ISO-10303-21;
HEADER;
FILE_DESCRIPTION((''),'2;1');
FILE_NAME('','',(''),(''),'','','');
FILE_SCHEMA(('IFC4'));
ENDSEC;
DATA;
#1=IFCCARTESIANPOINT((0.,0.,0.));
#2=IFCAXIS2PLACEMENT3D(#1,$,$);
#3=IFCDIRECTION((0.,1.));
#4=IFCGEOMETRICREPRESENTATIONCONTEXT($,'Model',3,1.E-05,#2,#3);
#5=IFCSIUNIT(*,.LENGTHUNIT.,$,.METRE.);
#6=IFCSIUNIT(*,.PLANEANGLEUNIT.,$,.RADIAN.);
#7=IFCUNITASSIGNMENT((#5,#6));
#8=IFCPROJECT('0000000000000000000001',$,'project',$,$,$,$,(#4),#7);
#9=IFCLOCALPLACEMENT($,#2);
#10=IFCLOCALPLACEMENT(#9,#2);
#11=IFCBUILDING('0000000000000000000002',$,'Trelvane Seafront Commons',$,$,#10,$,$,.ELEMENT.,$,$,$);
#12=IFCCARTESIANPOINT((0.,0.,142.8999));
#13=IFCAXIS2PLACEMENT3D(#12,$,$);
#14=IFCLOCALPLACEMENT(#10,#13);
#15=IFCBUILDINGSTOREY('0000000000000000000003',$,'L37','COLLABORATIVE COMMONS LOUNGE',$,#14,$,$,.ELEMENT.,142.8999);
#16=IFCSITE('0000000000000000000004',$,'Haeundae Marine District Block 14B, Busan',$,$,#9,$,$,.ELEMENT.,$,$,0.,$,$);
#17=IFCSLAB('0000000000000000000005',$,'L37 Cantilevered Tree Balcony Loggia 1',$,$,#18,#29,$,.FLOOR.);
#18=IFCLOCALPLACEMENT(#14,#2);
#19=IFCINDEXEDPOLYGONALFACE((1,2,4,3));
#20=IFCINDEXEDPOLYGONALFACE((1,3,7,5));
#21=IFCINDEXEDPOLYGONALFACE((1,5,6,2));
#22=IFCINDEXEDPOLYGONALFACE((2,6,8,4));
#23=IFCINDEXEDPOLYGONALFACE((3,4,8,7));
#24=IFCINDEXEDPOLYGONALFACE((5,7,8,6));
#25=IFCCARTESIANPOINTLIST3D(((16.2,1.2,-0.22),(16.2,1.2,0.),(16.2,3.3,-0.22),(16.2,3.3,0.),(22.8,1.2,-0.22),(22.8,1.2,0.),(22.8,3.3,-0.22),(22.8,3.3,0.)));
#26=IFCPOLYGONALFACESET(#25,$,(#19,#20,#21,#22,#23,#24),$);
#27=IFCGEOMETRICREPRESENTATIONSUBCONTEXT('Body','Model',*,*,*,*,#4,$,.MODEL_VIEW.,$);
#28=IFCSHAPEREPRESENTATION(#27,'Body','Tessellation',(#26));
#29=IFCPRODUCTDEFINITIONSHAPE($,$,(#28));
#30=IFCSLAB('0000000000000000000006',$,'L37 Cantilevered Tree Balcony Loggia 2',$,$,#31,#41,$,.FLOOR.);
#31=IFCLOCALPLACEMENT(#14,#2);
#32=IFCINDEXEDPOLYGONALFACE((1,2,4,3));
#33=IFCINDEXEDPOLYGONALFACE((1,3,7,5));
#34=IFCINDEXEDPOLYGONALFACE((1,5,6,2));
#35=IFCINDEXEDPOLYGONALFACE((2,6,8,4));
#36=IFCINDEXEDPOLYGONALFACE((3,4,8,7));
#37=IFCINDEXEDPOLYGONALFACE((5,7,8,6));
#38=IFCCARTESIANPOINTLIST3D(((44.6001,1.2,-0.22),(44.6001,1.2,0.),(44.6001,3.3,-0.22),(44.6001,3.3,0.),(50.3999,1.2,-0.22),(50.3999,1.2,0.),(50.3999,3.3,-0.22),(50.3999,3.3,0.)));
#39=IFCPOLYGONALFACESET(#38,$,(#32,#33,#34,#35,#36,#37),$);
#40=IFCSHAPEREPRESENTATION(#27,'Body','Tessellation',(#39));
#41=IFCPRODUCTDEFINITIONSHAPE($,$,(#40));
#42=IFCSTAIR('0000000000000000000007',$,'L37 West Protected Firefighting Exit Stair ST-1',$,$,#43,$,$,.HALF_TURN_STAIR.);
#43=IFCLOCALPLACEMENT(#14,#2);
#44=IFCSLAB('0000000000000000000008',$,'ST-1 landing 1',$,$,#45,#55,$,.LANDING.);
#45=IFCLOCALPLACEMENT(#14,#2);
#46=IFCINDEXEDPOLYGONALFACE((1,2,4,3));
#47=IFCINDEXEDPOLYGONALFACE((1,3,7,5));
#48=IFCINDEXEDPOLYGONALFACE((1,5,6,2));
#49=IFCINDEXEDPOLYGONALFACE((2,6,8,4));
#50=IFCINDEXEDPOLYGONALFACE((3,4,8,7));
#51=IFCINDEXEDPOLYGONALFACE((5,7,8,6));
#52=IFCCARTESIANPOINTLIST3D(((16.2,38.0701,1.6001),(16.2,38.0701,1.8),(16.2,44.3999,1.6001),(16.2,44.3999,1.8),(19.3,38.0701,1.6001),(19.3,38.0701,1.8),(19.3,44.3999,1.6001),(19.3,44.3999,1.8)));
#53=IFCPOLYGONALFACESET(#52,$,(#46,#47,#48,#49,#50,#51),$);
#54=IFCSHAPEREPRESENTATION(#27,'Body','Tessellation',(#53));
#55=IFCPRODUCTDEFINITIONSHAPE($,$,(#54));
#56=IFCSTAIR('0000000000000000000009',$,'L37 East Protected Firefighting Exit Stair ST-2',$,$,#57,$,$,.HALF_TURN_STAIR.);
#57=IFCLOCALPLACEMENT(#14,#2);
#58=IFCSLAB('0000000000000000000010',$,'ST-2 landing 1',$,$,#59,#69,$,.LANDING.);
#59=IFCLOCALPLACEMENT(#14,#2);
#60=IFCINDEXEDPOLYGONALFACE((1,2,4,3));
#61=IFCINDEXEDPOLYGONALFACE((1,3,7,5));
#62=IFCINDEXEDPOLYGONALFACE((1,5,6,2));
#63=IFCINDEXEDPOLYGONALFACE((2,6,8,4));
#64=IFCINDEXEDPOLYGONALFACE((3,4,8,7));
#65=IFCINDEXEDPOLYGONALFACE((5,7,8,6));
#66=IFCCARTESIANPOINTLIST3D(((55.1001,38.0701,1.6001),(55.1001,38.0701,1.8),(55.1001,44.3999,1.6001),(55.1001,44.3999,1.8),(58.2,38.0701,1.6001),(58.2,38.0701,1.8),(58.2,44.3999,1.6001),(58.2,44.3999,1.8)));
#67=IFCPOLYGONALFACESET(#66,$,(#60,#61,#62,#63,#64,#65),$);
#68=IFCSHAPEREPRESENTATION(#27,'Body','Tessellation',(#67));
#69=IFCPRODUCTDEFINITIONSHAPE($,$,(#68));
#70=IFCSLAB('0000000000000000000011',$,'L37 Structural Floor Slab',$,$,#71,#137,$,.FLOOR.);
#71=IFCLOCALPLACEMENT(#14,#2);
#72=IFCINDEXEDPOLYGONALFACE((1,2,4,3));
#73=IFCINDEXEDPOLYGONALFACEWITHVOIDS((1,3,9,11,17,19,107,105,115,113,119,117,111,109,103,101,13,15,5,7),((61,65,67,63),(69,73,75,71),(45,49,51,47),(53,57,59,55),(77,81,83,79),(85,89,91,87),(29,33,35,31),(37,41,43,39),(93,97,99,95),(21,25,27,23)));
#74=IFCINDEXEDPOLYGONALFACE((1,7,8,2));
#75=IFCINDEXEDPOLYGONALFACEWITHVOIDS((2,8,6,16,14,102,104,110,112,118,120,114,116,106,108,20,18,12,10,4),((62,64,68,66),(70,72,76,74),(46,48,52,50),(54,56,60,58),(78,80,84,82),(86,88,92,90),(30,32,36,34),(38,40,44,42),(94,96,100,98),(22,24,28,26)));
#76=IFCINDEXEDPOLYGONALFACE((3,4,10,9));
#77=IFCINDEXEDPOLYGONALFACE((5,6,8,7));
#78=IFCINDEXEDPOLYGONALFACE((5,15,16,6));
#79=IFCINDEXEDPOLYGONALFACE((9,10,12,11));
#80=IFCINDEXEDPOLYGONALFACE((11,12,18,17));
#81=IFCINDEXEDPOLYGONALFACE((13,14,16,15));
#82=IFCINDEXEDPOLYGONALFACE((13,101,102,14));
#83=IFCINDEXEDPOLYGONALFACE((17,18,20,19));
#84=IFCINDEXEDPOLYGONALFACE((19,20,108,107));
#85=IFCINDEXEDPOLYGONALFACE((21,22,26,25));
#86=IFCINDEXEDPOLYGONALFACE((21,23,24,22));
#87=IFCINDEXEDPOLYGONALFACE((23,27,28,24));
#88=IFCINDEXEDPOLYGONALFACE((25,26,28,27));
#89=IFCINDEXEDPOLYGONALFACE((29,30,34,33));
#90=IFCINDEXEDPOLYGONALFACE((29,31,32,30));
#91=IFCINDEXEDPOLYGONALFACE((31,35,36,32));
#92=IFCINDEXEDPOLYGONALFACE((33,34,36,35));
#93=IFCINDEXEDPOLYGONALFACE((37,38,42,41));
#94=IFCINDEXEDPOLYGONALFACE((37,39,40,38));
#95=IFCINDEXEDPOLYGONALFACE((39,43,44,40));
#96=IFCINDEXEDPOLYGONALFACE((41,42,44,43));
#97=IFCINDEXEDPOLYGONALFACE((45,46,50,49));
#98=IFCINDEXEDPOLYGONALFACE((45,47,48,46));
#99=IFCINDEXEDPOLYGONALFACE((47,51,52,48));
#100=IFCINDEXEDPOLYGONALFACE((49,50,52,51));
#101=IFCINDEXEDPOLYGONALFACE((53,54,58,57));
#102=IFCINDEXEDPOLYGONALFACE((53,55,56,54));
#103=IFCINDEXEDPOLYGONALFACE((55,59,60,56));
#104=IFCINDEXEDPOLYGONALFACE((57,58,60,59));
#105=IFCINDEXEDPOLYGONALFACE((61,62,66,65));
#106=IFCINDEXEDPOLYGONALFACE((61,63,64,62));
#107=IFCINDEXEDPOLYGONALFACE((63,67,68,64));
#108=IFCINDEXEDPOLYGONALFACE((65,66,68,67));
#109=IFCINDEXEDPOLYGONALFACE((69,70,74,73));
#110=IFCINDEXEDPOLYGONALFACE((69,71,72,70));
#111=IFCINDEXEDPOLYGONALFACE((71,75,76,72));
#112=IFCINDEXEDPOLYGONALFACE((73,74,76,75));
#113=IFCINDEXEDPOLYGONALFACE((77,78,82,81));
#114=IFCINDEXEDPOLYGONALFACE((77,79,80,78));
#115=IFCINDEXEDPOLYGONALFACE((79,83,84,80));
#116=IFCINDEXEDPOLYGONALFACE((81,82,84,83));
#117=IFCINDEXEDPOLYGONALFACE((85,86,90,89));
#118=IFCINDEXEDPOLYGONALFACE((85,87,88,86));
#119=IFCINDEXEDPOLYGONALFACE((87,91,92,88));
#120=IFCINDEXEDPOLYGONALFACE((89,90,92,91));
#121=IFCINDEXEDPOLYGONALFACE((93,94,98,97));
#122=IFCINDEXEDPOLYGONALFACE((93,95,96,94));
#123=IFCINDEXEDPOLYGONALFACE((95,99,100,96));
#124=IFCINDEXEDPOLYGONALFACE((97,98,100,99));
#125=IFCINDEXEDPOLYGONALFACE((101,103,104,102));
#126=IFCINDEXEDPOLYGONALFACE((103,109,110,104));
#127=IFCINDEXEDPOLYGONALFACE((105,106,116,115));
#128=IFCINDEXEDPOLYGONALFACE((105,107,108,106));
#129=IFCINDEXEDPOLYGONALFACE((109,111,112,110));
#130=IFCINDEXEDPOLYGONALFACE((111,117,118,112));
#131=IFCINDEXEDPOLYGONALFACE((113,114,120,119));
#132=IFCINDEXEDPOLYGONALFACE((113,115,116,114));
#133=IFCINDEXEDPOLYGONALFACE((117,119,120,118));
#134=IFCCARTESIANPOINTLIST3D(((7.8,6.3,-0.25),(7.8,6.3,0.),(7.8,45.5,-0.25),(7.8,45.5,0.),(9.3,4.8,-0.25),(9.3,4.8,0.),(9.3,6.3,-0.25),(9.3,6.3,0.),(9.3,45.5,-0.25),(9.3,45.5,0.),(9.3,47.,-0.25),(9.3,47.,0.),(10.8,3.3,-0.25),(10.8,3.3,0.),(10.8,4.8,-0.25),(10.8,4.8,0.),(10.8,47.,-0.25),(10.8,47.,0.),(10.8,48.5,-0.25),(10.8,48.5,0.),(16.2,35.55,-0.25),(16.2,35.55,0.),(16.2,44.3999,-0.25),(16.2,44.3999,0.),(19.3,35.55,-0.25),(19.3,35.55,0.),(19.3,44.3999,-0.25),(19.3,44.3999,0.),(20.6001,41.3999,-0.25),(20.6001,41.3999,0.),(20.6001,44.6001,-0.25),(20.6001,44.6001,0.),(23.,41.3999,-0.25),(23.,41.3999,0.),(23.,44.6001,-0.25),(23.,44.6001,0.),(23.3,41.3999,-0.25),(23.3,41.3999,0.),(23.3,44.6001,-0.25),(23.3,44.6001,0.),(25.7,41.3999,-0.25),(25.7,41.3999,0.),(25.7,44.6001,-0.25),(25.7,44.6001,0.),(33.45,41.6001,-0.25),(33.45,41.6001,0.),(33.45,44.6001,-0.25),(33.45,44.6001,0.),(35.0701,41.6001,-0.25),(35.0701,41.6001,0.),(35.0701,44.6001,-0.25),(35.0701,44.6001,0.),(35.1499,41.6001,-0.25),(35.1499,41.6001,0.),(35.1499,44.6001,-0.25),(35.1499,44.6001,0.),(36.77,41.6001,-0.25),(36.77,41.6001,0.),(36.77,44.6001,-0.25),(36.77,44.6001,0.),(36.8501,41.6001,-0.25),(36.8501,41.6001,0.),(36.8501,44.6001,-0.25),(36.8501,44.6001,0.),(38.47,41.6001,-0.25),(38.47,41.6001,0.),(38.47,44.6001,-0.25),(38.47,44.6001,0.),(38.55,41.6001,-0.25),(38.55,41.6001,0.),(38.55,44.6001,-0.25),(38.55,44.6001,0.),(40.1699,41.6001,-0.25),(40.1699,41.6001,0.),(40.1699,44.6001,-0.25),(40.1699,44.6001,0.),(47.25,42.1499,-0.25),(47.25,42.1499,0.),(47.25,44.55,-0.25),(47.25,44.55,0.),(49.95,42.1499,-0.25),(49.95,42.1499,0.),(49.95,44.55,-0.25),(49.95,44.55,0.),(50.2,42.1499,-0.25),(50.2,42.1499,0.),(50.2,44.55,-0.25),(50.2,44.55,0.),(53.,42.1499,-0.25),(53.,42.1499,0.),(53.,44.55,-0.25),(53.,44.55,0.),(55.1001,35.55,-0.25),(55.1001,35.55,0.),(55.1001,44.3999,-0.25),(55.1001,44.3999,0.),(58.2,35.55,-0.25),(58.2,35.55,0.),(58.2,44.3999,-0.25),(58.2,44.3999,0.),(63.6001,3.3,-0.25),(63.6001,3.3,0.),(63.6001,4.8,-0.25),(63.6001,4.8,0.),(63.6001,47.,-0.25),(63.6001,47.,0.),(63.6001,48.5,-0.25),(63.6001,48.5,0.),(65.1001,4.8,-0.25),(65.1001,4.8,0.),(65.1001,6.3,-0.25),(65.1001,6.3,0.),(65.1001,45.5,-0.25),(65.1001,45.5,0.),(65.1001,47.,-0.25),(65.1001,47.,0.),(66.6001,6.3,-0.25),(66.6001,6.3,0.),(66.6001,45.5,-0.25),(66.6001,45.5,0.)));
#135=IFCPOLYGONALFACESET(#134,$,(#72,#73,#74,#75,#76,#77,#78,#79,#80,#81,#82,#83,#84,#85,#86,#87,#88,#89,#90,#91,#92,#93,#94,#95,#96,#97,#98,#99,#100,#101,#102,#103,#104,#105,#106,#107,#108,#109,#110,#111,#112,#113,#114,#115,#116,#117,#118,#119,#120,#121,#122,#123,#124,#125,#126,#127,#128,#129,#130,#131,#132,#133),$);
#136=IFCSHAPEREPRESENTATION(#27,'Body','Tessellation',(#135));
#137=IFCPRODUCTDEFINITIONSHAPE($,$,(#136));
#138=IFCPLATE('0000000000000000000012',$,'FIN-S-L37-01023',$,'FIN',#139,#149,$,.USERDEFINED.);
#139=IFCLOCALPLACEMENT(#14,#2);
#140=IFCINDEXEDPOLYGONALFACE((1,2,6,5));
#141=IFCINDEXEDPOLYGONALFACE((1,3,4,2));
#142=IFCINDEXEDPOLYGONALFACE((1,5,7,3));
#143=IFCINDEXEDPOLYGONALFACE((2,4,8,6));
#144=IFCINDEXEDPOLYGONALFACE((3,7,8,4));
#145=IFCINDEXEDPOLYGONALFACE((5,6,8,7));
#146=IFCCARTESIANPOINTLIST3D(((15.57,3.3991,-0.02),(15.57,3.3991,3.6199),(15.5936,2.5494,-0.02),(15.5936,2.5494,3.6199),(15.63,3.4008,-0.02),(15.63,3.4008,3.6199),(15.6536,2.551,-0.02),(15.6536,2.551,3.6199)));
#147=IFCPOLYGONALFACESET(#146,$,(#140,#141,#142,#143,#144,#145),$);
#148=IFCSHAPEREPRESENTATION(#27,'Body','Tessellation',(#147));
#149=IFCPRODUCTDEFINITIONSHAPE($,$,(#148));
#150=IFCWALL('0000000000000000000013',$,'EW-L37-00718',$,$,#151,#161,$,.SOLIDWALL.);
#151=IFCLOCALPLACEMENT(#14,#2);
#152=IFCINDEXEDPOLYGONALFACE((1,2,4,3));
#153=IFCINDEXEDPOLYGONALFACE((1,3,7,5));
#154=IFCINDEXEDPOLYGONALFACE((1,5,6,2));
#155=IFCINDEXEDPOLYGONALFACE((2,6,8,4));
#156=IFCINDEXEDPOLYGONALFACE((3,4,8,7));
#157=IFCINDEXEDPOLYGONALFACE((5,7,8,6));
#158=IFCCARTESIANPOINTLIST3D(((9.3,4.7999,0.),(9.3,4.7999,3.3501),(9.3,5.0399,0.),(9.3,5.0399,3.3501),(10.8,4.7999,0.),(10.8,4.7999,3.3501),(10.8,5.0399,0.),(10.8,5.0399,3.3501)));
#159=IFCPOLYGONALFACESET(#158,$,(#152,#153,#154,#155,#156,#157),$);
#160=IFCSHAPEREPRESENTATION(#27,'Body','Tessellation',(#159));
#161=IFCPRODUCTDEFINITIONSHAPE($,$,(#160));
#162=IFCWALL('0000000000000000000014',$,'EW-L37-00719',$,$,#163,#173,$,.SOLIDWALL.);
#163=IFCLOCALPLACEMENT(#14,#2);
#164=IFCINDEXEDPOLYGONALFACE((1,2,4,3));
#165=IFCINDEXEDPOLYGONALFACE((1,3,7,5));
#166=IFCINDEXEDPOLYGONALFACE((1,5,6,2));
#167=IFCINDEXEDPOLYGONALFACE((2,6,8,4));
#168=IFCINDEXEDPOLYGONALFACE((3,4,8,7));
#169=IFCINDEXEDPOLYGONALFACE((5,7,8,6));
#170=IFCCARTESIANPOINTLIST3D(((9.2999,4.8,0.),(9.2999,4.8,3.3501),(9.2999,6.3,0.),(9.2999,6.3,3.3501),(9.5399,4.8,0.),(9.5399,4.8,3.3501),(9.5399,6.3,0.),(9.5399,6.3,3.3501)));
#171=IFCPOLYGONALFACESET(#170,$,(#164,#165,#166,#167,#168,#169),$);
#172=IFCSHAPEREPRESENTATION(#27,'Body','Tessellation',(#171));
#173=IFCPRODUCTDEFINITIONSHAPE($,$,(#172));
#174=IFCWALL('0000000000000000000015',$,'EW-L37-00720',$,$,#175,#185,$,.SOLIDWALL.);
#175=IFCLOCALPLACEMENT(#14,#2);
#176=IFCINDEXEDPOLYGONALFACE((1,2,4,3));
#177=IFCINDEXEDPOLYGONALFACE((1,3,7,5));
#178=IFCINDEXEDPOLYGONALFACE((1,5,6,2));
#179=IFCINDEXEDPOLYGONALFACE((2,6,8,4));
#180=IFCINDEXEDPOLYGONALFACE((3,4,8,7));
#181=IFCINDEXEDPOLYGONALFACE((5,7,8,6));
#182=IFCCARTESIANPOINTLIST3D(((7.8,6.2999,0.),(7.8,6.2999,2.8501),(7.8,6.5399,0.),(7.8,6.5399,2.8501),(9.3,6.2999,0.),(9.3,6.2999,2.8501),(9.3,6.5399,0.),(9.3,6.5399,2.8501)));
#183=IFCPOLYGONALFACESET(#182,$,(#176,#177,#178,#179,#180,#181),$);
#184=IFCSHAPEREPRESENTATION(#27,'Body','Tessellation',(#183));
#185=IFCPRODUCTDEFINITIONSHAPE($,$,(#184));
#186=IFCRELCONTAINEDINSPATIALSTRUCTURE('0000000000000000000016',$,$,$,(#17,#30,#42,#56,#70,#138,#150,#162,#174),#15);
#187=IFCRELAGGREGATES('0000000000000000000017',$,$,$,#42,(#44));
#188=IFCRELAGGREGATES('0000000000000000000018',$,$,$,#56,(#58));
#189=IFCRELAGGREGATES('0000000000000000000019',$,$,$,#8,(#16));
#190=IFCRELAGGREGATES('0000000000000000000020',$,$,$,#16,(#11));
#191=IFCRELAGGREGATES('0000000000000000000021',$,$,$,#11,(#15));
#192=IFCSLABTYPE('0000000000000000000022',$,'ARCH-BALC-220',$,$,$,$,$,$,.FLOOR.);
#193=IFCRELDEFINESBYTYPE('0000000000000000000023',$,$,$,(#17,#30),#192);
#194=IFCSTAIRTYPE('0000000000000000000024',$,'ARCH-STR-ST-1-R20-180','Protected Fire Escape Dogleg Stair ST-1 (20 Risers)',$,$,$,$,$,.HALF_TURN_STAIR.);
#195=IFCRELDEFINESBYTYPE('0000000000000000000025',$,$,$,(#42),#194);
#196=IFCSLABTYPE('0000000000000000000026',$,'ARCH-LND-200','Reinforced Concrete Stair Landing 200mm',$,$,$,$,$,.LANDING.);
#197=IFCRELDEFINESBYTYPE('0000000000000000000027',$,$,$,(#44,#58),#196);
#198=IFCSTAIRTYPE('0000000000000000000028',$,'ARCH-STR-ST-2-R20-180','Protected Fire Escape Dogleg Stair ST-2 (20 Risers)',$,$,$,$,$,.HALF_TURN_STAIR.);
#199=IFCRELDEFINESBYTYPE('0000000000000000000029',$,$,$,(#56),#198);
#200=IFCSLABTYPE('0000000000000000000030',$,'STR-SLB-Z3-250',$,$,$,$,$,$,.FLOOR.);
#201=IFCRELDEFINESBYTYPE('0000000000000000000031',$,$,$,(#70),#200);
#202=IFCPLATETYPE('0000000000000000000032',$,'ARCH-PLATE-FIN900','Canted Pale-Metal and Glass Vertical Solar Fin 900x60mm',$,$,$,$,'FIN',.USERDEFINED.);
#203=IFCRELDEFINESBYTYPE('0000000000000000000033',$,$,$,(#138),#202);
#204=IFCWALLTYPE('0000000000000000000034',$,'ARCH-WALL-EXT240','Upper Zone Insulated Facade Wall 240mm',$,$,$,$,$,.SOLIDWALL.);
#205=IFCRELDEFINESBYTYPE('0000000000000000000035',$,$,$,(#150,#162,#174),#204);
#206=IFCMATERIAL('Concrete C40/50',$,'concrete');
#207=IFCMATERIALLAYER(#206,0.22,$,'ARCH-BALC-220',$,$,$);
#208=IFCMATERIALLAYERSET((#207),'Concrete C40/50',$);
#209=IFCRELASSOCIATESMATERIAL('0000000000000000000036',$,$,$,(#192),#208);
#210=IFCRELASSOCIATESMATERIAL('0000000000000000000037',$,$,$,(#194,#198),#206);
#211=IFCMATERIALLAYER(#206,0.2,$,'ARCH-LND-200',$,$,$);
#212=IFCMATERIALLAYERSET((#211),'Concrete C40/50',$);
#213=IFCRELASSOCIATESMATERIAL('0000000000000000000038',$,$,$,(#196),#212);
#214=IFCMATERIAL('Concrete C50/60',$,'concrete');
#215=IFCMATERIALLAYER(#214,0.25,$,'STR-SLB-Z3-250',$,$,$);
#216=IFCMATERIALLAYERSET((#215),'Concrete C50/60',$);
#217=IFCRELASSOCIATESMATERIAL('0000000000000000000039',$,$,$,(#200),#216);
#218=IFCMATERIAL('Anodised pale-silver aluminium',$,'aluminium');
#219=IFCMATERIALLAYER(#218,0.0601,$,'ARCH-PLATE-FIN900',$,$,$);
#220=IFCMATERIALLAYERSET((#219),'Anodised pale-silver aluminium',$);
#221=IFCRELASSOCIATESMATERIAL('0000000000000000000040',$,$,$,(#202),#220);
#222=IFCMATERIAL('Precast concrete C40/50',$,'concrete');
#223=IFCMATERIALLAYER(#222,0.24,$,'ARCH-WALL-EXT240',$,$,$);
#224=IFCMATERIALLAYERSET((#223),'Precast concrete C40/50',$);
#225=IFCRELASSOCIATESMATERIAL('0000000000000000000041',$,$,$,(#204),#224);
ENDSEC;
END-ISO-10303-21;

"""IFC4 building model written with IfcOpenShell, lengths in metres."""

from ifc_helpers import new_model, si_unit, direction, frame, frame_2d, origin, origin_2d, place, context, subcontext, project, spatial, polyline, rectangle, outline, extrude, source, transform, mapped, material, layer, layer_set, type_object, element, aggregate, save


model = new_model("IFC4")

# Units and contexts
model_context = context("Model", 3, precision=1e-05, world=origin(), true_north=direction((0.0, 1.0)))
body_context = subcontext(model_context, "Body", "Model", "MODEL_VIEW")
ifc_project = project(units=[si_unit("LENGTHUNIT", "METRE"), si_unit("PLANEANGLEUNIT", "RADIAN")], contexts=[model_context])

# Site, building, storey
site_placement = place(None, origin())
site = spatial("IfcSite", under=ifc_project, at=site_placement, Name="Haeundae Marine District Block 14B, Busan", CompositionType="ELEMENT", RefElevation=0.0)
building_placement = place(site_placement, origin())
building = spatial("IfcBuilding", under=site, at=building_placement, Name="Trelvane Seafront Commons", CompositionType="ELEMENT")
storey_placement = place(building_placement, frame((0.0, 0.0, 142.8999)))
storey = spatial("IfcBuildingStorey", under=building, at=storey_placement, Name="L37", Description="COLLABORATIVE COMMONS LOUNGE", CompositionType="ELEMENT", Elevation=142.8999)

# Slabs
ifc_material_1 = material(Name="Concrete C40/50", Category="concrete")
ifc_layer_1 = layer(ifc_material_1, 0.22, Name="ARCH-BALC-220")
ifc_layer_set_1 = layer_set([ifc_layer_1], Name="Concrete C40/50")
slab_type_1 = type_object("IfcSlabType", Name="ARCH-BALC-220", PredefinedType="FLOOR", material=ifc_layer_set_1)
slab_1_placement = place(storey_placement, frame((0.0, 0.0, -0.22)))
element("IfcSlab", 1, at=slab_1_placement, inside=storey, type_object=slab_type_1, Name="L37 Cantilevered Tree Balcony Loggia 1", PredefinedType="FLOOR", context=body_context, shape_type="SweptSolid", body=[
    extrude(outline(polyline([(16.2, 1.2), (22.8, 1.2), (22.8, 3.3), (16.2, 3.3), (16.2, 1.2)])), origin(), (0.0, 0.0, 1.0), 0.22),
])
slab_2_placement = place(storey_placement, frame((0.0, 0.0, -0.22)))
element("IfcSlab", 2, at=slab_2_placement, inside=storey, type_object=slab_type_1, Name="L37 Cantilevered Tree Balcony Loggia 2", PredefinedType="FLOOR", context=body_context, shape_type="SweptSolid", body=[
    extrude(outline(polyline([(44.6001, 1.2), (50.3999, 1.2), (50.3999, 3.3), (44.6001, 3.3), (44.6001, 1.2)])), origin(), (0.0, 0.0, 1.0), 0.22),
])

# Stairs, slabs
stair_type_1 = type_object("IfcStairType", Name="ARCH-STR-ST-1-R20-180", Description="Protected Fire Escape Dogleg Stair ST-1 (20 Risers)", PredefinedType="HALF_TURN_STAIR", material=ifc_material_1)
stair_1_placement = place(storey_placement, origin())
stair_1 = element("IfcStair", 3, at=stair_1_placement, inside=storey, type_object=stair_type_1, Name="L37 West Protected Firefighting Exit Stair ST-1", PredefinedType="HALF_TURN_STAIR")
ifc_layer_2 = layer(ifc_material_1, 0.2, Name="ARCH-LND-200")
ifc_layer_set_2 = layer_set([ifc_layer_2], Name="Concrete C40/50")
slab_type_2 = type_object("IfcSlabType", Name="ARCH-LND-200", Description="Reinforced Concrete Stair Landing 200mm", PredefinedType="LANDING", material=ifc_layer_set_2)
slab_3_placement = place(storey_placement, frame((0.0, 0.0, 1.6001)))
slab_3 = element("IfcSlab", 4, at=slab_3_placement, type_object=slab_type_2, Name="ST-1 landing 1", PredefinedType="LANDING", context=body_context, shape_type="SweptSolid", body=[
    extrude(outline(polyline([(19.3, 38.0701), (19.3, 44.3999), (16.2, 44.3999), (16.2, 38.0701), (19.3, 38.0701)])), origin(), (0.0, 0.0, 1.0), 0.2),
])
aggregate(stair_1, [slab_3])
stair_type_2 = type_object("IfcStairType", Name="ARCH-STR-ST-2-R20-180", Description="Protected Fire Escape Dogleg Stair ST-2 (20 Risers)", PredefinedType="HALF_TURN_STAIR", material=ifc_material_1)
stair_2_placement = place(storey_placement, origin())
stair_2 = element("IfcStair", 5, at=stair_2_placement, inside=storey, type_object=stair_type_2, Name="L37 East Protected Firefighting Exit Stair ST-2", PredefinedType="HALF_TURN_STAIR")
slab_4_placement = place(storey_placement, frame((0.0, 0.0, 1.6001)))
slab_4 = element("IfcSlab", 6, at=slab_4_placement, type_object=slab_type_2, Name="ST-2 landing 1", PredefinedType="LANDING", context=body_context, shape_type="SweptSolid", body=[
    extrude(outline(polyline([(58.2, 38.0701), (58.2, 44.3999), (55.1001, 44.3999), (55.1001, 38.0701), (58.2, 38.0701)])), origin(), (0.0, 0.0, 1.0), 0.2),
])
aggregate(stair_2, [slab_4])

# Slab
ifc_material_2 = material(Name="Concrete C50/60", Category="concrete")
ifc_layer_3 = layer(ifc_material_2, 0.25, Name="STR-SLB-Z3-250")
ifc_layer_set_3 = layer_set([ifc_layer_3], Name="Concrete C50/60")
slab_type_3 = type_object("IfcSlabType", Name="STR-SLB-Z3-250", PredefinedType="FLOOR", material=ifc_layer_set_3)
slab_5_placement = place(storey_placement, frame((0.0, 0.0, -0.25)))
element("IfcSlab", 7, at=slab_5_placement, inside=storey, type_object=slab_type_3, Name="L37 Structural Floor Slab", PredefinedType="FLOOR", context=body_context, shape_type="SweptSolid", body=[
    extrude(outline(polyline([(10.8, 3.3), (63.6001, 3.3), (63.6001, 4.8), (65.1001, 4.8), (65.1001, 6.3), (66.6001, 6.3), (66.6001, 45.5), (65.1001, 45.5), (65.1001, 47.0), (63.6001, 47.0), (63.6001, 48.5), (10.8, 48.5), (10.8, 47.0), (9.3, 47.0), (9.3, 45.5), (7.8, 45.5), (7.8, 6.3), (9.3, 6.3), (9.3, 4.8), (10.8, 4.8), (10.8, 3.3)]), holes=[polyline([(19.3, 35.55), (16.2, 35.55), (16.2, 44.3999), (19.3, 44.3999), (19.3, 35.55)]), polyline([(58.2, 35.55), (55.1001, 35.55), (55.1001, 44.3999), (58.2, 44.3999), (58.2, 35.55)]), polyline([(23.0, 41.3999), (20.6001, 41.3999), (20.6001, 44.6001), (23.0, 44.6001), (23.0, 41.3999)]), polyline([(23.3, 41.3999), (23.3, 44.6001), (25.7, 44.6001), (25.7, 41.3999), (23.3, 41.3999)]), polyline([(33.45, 41.6001), (33.45, 44.6001), (35.0701, 44.6001), (35.0701, 41.6001), (33.45, 41.6001)]), polyline([(36.77, 41.6001), (35.1499, 41.6001), (35.1499, 44.6001), (36.77, 44.6001), (36.77, 41.6001)]), polyline([(38.47, 41.6001), (36.8501, 41.6001), (36.8501, 44.6001), (38.47, 44.6001), (38.47, 41.6001)]), polyline([(40.1699, 41.6001), (38.55, 41.6001), (38.55, 44.6001), (40.1699, 44.6001), (40.1699, 41.6001)]), polyline([(47.25, 42.1499), (47.25, 44.55), (49.95, 44.55), (49.95, 42.1499), (47.25, 42.1499)]), polyline([(50.2, 42.1499), (50.2, 44.55), (53.0, 44.55), (53.0, 42.1499), (50.2, 42.1499)])]), origin(), (0.0, 0.0, 1.0), 0.25),
])

# Plate
ifc_material_3 = material(Name="Anodised pale-silver aluminium", Category="aluminium")
ifc_layer_4 = layer(ifc_material_3, 0.0601, Name="ARCH-PLATE-FIN900")
ifc_layer_set_4 = layer_set([ifc_layer_4], Name="Anodised pale-silver aluminium")
plate_type = type_object("IfcPlateType", Name="ARCH-PLATE-FIN900", Description="Canted Pale-Metal and Glass Vertical Solar Fin 900x60mm", ElementType="FIN", PredefinedType="USERDEFINED", material=ifc_layer_set_4)
shared_shape_1 = source(origin(), body_context, "Body", "SweptSolid", [
    extrude(rectangle(XDim=0.8501, YDim=0.0601, at=origin_2d()), origin(), (0.0, 0.0, 1.0), 3.6399),
])
plate_placement = place(storey_placement, frame((15.6118, 2.9751, -0.02), z_axis=(0.0, 0.0, 1.0), x_axis=(0.027765, -0.999614, 0.0)))
element("IfcPlate", 8, at=plate_placement, inside=storey, type_object=plate_type, Name="FIN-S-L37-01023", ObjectType="FIN", PredefinedType="USERDEFINED", context=body_context, shape_type="MappedRepresentation", body=[
    mapped(shared_shape_1, transform((0.0, 0.0, 0.0), x_axis=(1.0, 0.0, 0.0), y_axis=(0.0, 1.0, 0.0), z_axis=(0.0, 0.0, 1.0), scale=1.0)),
])

# Walls
ifc_material_4 = material(Name="Precast concrete C40/50", Category="concrete")
ifc_layer_5 = layer(ifc_material_4, 0.24, Name="ARCH-WALL-EXT240")
ifc_layer_set_5 = layer_set([ifc_layer_5], Name="Precast concrete C40/50")
wall_type_1 = type_object("IfcWallType", Name="ARCH-WALL-EXT240", Description="Upper Zone Insulated Facade Wall 240mm", PredefinedType="SOLIDWALL", material=ifc_layer_set_5)
for number, where, z_axis, x_axis, name in (
    (9, (10.8, 4.9199, 0.0), (0.0, 0.0, 1.0), (-1.0, 0.0, 0.0), "EW-L37-00718"),
    (10, (9.4199, 4.8, 0.0), (0.0, 0.0, 1.0), (0.0, 1.0, 0.0), "EW-L37-00719"),
):
    element("IfcWall", number, at=place(storey_placement, frame(where, z_axis=z_axis, x_axis=x_axis)), inside=storey, type_object=wall_type_1, Name=name, PredefinedType="SOLIDWALL", context=body_context, shape_type="SweptSolid", body=[
        extrude(rectangle(XDim=1.5, YDim=0.24, at=frame_2d((0.75, 0.0))), origin(), (0.0, 0.0, 1.0), 3.3501),
    ])
wall_1_placement = place(storey_placement, frame((9.3, 6.4199, 0.0), z_axis=(0.0, 0.0, 1.0), x_axis=(-1.0, 0.0, 0.0)))
element("IfcWall", 11, at=wall_1_placement, inside=storey, type_object=wall_type_1, Name="EW-L37-00720", PredefinedType="SOLIDWALL", context=body_context, shape_type="SweptSolid", body=[
    extrude(rectangle(XDim=1.5, YDim=0.24, at=frame_2d((0.75, 0.0))), origin(), (0.0, 0.0, 1.0), 2.8501),
])

save(model, "model.ifc")
